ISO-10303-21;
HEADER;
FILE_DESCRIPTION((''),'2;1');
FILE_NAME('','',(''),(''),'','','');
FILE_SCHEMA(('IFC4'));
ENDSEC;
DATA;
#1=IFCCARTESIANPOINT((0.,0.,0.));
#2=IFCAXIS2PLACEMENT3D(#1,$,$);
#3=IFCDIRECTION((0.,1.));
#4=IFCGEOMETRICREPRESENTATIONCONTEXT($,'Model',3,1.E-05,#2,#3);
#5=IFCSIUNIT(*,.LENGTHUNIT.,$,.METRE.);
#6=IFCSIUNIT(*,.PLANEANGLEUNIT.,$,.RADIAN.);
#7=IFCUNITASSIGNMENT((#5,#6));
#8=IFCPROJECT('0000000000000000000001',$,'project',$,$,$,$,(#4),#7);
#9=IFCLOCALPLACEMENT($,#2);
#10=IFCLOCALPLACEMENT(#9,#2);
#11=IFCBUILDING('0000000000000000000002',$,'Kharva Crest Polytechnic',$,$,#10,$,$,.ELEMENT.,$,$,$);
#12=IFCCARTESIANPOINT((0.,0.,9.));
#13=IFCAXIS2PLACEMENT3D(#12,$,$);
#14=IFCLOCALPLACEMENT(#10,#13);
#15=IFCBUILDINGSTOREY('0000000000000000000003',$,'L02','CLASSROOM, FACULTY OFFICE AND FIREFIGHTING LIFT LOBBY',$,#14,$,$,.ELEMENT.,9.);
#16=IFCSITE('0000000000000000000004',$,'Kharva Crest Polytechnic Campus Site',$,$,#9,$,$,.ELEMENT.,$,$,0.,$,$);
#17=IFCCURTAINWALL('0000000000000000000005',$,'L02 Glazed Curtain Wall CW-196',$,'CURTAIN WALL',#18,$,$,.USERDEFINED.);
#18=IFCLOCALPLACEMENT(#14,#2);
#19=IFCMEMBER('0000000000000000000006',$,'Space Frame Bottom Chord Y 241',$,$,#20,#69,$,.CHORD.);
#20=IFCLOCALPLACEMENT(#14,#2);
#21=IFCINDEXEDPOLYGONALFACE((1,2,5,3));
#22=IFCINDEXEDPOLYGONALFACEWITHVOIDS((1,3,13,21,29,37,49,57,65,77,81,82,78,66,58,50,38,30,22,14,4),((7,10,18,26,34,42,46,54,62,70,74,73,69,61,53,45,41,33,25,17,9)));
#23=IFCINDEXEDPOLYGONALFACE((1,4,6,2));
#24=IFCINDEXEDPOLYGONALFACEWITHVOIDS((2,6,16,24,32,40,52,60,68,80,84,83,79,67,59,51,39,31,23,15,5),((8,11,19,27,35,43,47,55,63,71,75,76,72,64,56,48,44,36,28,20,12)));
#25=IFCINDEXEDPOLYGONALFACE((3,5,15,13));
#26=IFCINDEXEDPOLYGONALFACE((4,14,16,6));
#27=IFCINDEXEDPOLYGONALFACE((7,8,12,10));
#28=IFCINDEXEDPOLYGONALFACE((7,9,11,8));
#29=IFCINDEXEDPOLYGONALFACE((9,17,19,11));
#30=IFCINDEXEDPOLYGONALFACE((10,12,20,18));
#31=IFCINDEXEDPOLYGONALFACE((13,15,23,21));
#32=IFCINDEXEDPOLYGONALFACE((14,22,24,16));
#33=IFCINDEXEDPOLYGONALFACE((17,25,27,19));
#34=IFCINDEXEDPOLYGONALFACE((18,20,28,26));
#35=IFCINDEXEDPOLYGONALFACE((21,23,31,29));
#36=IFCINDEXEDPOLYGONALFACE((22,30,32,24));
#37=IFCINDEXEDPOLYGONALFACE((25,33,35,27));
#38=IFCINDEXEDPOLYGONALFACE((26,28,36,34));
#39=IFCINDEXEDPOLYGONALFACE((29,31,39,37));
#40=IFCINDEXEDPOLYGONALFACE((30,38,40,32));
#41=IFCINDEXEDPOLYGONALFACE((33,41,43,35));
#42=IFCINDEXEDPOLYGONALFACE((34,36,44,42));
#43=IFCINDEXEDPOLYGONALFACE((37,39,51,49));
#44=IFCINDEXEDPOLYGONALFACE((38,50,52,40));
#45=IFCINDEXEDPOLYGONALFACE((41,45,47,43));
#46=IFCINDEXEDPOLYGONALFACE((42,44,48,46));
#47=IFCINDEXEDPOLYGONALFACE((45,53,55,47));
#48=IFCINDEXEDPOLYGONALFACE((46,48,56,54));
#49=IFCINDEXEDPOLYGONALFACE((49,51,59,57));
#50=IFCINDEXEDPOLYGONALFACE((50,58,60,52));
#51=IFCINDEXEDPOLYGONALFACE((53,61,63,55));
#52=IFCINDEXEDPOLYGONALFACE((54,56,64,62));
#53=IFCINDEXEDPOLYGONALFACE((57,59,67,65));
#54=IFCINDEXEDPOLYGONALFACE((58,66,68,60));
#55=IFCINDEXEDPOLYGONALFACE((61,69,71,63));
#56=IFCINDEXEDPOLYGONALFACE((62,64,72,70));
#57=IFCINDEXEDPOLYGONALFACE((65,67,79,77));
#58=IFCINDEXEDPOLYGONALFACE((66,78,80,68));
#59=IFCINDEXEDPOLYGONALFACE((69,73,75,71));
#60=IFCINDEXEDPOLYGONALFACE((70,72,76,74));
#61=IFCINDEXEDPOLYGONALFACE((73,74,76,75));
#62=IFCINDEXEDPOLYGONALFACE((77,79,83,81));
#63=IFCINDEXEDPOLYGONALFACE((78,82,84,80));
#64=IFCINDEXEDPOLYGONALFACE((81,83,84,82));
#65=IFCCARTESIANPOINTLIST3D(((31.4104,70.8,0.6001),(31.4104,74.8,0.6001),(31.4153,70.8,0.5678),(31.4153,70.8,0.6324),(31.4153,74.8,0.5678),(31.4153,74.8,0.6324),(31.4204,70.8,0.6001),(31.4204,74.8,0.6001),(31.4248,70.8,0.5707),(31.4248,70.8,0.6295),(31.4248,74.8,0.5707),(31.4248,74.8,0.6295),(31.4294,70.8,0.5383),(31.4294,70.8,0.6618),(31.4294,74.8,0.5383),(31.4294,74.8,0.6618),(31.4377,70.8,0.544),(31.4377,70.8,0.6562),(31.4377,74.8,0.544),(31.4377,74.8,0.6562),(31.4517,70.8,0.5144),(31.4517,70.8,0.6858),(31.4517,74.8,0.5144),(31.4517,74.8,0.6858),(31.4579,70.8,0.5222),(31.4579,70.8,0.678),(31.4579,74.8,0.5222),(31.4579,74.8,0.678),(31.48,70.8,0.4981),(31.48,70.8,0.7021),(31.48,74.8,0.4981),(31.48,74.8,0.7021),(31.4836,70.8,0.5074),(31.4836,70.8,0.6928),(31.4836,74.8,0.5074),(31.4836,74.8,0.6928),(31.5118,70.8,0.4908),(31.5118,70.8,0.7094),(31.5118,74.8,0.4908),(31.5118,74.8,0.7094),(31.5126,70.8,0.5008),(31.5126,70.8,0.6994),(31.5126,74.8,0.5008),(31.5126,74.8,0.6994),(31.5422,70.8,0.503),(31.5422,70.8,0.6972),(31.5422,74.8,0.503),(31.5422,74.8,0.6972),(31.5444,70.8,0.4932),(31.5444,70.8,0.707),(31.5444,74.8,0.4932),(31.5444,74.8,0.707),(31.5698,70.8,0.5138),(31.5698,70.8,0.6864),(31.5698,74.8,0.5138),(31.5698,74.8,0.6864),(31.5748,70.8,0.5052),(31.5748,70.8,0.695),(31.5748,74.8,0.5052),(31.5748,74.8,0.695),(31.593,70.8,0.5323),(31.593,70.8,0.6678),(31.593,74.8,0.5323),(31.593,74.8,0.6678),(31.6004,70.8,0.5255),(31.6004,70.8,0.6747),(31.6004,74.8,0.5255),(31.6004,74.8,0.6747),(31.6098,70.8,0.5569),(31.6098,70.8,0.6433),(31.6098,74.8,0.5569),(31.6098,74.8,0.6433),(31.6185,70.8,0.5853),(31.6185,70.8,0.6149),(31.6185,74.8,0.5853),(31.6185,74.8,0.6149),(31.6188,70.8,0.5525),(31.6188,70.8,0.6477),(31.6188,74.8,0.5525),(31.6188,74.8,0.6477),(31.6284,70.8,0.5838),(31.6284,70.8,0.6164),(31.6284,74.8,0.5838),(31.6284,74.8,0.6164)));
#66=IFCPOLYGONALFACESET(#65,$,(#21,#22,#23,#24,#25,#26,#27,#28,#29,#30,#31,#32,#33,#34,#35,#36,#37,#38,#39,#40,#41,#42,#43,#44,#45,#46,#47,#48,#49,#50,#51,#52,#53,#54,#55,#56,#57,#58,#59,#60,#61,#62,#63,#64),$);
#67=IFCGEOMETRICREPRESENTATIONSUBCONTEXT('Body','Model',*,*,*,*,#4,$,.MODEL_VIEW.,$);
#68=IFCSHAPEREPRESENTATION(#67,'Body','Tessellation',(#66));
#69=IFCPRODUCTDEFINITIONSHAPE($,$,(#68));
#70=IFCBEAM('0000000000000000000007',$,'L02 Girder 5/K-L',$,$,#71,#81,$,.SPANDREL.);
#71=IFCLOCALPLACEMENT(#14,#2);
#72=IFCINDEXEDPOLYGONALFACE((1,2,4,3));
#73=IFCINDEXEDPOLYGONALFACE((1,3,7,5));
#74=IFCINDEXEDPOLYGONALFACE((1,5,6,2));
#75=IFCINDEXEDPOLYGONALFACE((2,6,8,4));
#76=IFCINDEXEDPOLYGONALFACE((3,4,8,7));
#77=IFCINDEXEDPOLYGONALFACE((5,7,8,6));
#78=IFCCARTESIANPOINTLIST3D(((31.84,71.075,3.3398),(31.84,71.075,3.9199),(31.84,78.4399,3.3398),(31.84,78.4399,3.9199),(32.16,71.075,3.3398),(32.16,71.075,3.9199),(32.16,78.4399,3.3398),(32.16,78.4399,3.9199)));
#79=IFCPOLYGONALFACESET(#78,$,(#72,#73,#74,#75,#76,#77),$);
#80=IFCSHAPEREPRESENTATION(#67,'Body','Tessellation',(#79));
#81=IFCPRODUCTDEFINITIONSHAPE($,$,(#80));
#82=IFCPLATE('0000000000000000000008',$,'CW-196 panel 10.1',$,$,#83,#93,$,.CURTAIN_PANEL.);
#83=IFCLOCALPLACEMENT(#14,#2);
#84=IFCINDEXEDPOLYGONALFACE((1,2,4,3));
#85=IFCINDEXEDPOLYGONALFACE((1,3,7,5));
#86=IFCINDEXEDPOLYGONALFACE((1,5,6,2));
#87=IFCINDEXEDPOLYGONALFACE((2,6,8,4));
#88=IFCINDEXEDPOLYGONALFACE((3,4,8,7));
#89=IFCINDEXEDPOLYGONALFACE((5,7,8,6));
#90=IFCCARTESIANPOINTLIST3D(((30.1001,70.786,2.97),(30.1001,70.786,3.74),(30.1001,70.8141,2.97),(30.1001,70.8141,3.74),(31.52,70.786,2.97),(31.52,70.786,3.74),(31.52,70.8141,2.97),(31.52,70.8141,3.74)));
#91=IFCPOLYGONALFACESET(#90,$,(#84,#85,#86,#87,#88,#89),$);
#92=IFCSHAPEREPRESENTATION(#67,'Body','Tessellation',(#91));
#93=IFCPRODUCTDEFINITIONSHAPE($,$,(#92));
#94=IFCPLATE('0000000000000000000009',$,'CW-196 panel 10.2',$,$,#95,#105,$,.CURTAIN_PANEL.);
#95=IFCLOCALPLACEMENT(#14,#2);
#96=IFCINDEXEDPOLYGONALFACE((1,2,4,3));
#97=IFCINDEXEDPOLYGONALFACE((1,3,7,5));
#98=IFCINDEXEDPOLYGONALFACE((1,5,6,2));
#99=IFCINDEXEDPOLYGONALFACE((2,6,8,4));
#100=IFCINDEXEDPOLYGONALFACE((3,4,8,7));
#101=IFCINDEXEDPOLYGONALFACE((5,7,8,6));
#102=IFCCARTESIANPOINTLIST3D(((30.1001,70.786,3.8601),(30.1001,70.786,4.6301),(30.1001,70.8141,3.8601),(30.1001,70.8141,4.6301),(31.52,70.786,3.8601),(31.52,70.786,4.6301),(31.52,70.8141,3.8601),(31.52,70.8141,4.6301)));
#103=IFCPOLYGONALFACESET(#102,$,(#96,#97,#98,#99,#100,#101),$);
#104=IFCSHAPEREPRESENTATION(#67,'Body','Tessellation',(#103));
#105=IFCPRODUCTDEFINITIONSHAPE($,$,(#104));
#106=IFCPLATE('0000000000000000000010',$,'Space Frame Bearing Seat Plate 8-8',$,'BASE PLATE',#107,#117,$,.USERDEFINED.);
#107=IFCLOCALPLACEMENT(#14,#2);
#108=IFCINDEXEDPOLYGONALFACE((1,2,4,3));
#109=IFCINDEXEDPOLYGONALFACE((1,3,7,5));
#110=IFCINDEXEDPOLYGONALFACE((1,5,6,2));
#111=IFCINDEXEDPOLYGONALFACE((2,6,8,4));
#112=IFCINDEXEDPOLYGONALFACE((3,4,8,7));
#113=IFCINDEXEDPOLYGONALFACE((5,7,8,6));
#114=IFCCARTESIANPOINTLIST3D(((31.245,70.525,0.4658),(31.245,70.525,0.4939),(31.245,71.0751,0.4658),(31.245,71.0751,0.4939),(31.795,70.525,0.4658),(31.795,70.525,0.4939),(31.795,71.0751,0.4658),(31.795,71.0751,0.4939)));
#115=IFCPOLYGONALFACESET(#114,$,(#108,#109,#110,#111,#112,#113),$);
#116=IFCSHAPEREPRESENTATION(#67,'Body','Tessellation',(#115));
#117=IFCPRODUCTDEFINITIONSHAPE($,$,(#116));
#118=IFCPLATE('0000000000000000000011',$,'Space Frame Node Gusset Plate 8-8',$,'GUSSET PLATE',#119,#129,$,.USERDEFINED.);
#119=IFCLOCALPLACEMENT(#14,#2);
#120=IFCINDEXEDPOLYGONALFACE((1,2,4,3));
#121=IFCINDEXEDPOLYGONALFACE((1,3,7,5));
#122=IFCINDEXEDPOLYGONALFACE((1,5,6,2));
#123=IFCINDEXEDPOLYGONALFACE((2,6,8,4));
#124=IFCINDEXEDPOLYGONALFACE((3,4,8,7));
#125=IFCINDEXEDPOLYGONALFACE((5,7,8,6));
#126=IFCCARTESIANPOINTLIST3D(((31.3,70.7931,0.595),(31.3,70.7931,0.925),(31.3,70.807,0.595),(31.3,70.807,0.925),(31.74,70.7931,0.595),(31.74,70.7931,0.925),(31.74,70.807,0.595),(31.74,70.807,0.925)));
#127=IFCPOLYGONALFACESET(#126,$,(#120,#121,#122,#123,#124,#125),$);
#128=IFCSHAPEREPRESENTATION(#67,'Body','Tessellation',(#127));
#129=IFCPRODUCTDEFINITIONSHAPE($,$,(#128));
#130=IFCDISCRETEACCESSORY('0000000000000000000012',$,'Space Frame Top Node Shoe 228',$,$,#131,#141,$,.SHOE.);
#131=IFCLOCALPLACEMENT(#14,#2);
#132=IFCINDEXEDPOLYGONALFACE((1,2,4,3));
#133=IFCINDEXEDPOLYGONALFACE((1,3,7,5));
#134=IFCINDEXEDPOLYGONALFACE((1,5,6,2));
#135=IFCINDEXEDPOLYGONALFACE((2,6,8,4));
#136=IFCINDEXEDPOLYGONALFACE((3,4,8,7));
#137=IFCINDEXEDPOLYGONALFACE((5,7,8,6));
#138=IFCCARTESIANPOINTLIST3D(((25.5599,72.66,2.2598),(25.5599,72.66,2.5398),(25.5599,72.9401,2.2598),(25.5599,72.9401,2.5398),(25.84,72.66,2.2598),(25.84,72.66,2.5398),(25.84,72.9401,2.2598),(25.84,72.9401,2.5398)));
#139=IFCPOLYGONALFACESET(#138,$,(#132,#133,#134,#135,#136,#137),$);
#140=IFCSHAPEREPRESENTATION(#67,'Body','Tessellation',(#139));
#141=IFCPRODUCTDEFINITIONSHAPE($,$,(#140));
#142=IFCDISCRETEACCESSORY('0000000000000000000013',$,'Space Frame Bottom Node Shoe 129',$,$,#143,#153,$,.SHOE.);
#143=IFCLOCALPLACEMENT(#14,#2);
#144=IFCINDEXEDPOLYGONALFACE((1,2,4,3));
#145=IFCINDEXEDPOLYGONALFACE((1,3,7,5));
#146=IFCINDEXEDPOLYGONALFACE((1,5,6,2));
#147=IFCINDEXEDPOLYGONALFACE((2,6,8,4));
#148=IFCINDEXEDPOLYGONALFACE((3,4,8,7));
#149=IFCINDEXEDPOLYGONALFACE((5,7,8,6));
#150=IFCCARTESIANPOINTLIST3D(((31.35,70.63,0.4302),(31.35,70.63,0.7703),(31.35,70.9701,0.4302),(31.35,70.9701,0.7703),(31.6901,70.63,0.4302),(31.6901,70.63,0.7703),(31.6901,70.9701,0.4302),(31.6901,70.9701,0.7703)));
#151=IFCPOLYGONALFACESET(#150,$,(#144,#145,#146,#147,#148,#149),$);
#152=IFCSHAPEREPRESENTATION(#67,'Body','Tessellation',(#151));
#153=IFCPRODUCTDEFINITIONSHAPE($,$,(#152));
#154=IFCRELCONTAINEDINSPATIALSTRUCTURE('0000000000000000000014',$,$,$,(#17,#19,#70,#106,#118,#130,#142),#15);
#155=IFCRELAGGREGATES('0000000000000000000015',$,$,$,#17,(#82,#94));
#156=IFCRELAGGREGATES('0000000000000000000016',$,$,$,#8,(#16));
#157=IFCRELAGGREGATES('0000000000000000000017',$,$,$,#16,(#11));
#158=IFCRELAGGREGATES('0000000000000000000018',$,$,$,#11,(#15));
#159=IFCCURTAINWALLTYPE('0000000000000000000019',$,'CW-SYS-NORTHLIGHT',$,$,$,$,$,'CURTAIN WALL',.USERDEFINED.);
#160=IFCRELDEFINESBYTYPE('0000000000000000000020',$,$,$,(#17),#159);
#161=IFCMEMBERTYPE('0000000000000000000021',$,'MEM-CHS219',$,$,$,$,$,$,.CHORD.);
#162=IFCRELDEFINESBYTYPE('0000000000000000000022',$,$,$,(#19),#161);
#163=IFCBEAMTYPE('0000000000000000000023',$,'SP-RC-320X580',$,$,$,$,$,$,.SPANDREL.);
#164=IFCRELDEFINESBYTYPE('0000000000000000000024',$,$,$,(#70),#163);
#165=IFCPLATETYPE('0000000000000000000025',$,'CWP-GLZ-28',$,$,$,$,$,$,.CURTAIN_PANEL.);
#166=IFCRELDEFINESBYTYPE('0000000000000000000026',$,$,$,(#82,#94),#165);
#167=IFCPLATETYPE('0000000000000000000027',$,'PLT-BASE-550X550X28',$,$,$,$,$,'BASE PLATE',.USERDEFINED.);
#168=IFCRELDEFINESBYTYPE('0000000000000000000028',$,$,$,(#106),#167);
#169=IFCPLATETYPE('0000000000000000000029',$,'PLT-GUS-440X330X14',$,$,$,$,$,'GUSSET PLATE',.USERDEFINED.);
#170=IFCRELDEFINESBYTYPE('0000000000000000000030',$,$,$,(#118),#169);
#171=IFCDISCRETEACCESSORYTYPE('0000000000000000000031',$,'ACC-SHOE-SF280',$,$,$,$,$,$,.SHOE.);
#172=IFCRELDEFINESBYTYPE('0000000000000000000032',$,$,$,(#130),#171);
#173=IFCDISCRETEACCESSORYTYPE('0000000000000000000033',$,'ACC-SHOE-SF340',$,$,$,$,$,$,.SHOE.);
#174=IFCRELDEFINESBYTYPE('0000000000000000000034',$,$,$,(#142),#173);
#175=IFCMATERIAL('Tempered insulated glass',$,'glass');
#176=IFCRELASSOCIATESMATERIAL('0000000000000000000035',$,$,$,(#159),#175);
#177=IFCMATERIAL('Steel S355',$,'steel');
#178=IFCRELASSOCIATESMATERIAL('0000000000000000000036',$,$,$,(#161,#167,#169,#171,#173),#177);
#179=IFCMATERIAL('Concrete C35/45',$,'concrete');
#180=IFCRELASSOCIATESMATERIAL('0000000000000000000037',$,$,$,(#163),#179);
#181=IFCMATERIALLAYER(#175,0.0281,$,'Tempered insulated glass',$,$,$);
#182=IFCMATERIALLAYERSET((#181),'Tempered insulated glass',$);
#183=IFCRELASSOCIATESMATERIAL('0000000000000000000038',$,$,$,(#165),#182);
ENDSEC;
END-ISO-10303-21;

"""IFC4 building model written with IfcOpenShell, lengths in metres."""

from ifc_helpers import new_model, si_unit, direction, frame, origin, origin_2d, place, context, subcontext, project, spatial, rectangle, hollow_circle, extrude, material, layer, layer_set, material_profile, profile_set, type_object, element, aggregate, save


model = new_model("IFC4")

# Units and contexts
model_context = context("Model", 3, precision=1e-05, world=origin(), true_north=direction((0.0, 1.0)))
body_context = subcontext(model_context, "Body", "Model", "MODEL_VIEW")
ifc_project = project(units=[si_unit("LENGTHUNIT", "METRE"), si_unit("PLANEANGLEUNIT", "RADIAN")], contexts=[model_context])

# Site, building, storey
site_placement = place(None, origin())
site = spatial("IfcSite", under=ifc_project, at=site_placement, Name="Kharva Crest Polytechnic Campus Site", CompositionType="ELEMENT", RefElevation=0.0)
building_placement = place(site_placement, origin())
building = spatial("IfcBuilding", under=site, at=building_placement, Name="Kharva Crest Polytechnic", CompositionType="ELEMENT")
storey_placement = place(building_placement, frame((0.0, 0.0, 9.0)))
storey = spatial("IfcBuildingStorey", under=building, at=storey_placement, Name="L02", Description="CLASSROOM, FACULTY OFFICE AND FIREFIGHTING LIFT LOBBY", CompositionType="ELEMENT", Elevation=9.0)

# Shared definitions
ifc_material_1 = material(Name="Concrete C35/45", Category="concrete")

# Curtain wall
ifc_material_2 = material(Name="Tempered insulated glass", Category="glass")
curtain_wall_type = type_object("IfcCurtainWallType", Name="CW-SYS-NORTHLIGHT", ElementType="CURTAIN WALL", PredefinedType="USERDEFINED", material=ifc_material_2)
curtain_wall_placement = place(storey_placement, origin())
curtain_wall = element("IfcCurtainWall", 1, at=curtain_wall_placement, inside=storey, type_object=curtain_wall_type, Name="L02 Glazed Curtain Wall CW-196", ObjectType="CURTAIN WALL", PredefinedType="USERDEFINED")
ifc_material_3 = material(Name="Steel S355", Category="steel")

# Member
ifc_material_profile_1 = material_profile(ifc_material_3, hollow_circle(Radius=0.1096, WallThickness=0.01, at=origin_2d()), Name="CHS 219.1X10.0")
ifc_profile_set_1 = profile_set([ifc_material_profile_1], Name="Steel S355")
member_type_1 = type_object("IfcMemberType", Name="MEM-CHS219", PredefinedType="CHORD", material=ifc_profile_set_1)
member_1_placement = place(storey_placement, frame((31.52, 70.8, 0.6001), z_axis=(0.0, 1.0, 0.0), x_axis=(-1.0, 0.0, 0.0)))
element("IfcMember", 2, at=member_1_placement, inside=storey, type_object=member_type_1, Name="Space Frame Bottom Chord Y 241", PredefinedType="CHORD", context=body_context, shape_type="SweptSolid", body=[
    extrude(hollow_circle(Radius=0.1096, WallThickness=0.01, at=origin_2d()), origin(), (0.0, 0.0, 1.0), 4.0),
])

# Beam
ifc_material_profile_2 = material_profile(ifc_material_1, rectangle(XDim=0.3201, YDim=0.5801, at=origin_2d()), Name="RECT 320 X 580")
ifc_profile_set_2 = profile_set([ifc_material_profile_2], Name="Concrete C35/45")
beam_type_1 = type_object("IfcBeamType", Name="SP-RC-320X580", PredefinedType="SPANDREL", material=ifc_profile_set_2)
beam_1_placement = place(storey_placement, frame((32.0, 71.075, 3.6299), z_axis=(0.0, 1.0, 0.0), x_axis=(-1.0, 0.0, 0.0)))
element("IfcBeam", 3, at=beam_1_placement, inside=storey, type_object=beam_type_1, Name="L02 Girder 5/K-L", PredefinedType="SPANDREL", context=body_context, shape_type="SweptSolid", body=[
    extrude(rectangle(XDim=0.3201, YDim=0.5801, at=origin_2d()), origin(), (0.0, 0.0, 1.0), 7.365),
])

# Plates
ifc_layer = layer(ifc_material_2, 0.0281, Name="Tempered insulated glass")
ifc_layer_set = layer_set([ifc_layer], Name="Tempered insulated glass")
plate_type_1 = type_object("IfcPlateType", Name="CWP-GLZ-28", PredefinedType="CURTAIN_PANEL", material=ifc_layer_set)
plate_1_placement = place(storey_placement, frame((30.8101, 70.8, 2.97), z_axis=(0.0, 0.0, 1.0), x_axis=(1.0, 0.0, 0.0)))
plate_1 = element("IfcPlate", 4, at=plate_1_placement, type_object=plate_type_1, Name="CW-196 panel 10.1", PredefinedType="CURTAIN_PANEL", context=body_context, shape_type="SweptSolid", body=[
    extrude(rectangle(XDim=1.4199, YDim=0.0281, at=origin_2d()), origin(), (0.0, 0.0, 1.0), 0.77),
])
plate_2_placement = place(storey_placement, frame((30.8101, 70.8, 3.8601), z_axis=(0.0, 0.0, 1.0), x_axis=(1.0, 0.0, 0.0)))
plate_2 = element("IfcPlate", 5, at=plate_2_placement, type_object=plate_type_1, Name="CW-196 panel 10.2", PredefinedType="CURTAIN_PANEL", context=body_context, shape_type="SweptSolid", body=[
    extrude(rectangle(XDim=1.4199, YDim=0.0281, at=origin_2d()), origin(), (0.0, 0.0, 1.0), 0.77),
])
aggregate(curtain_wall, [plate_1, plate_2])

# Plates
plate_type_2 = type_object("IfcPlateType", Name="PLT-BASE-550X550X28", ElementType="BASE PLATE", PredefinedType="USERDEFINED", material=ifc_material_3)
plate_3_placement = place(storey_placement, frame((31.52, 70.8, 0.4658), z_axis=(0.0, 0.0, 1.0), x_axis=(1.0, 0.0, 0.0)))
element("IfcPlate", 6, at=plate_3_placement, inside=storey, type_object=plate_type_2, Name="Space Frame Bearing Seat Plate 8-8", ObjectType="BASE PLATE", PredefinedType="USERDEFINED", context=body_context, shape_type="SweptSolid", body=[
    extrude(rectangle(XDim=0.55, YDim=0.55, at=origin_2d()), origin(), (0.0, 0.0, 1.0), 0.0281),
])
plate_type_3 = type_object("IfcPlateType", Name="PLT-GUS-440X330X14", ElementType="GUSSET PLATE", PredefinedType="USERDEFINED", material=ifc_material_3)
plate_4_placement = place(storey_placement, frame((31.52, 70.8, 0.595), z_axis=(0.0, 0.0, 1.0), x_axis=(1.0, 0.0, 0.0)))
element("IfcPlate", 7, at=plate_4_placement, inside=storey, type_object=plate_type_3, Name="Space Frame Node Gusset Plate 8-8", ObjectType="GUSSET PLATE", PredefinedType="USERDEFINED", context=body_context, shape_type="SweptSolid", body=[
    extrude(rectangle(XDim=0.4399, YDim=0.0139, at=origin_2d()), origin(), (0.0, 0.0, 1.0), 0.3301),
])

# Discrete accessories
discrete_accessory_type_1 = type_object("IfcDiscreteAccessoryType", Name="ACC-SHOE-SF280", PredefinedType="SHOE", material=ifc_material_3)
discrete_accessory_1_placement = place(storey_placement, frame((25.7, 72.8, 2.2598), z_axis=(0.0, 0.0, 1.0), x_axis=(1.0, 0.0, 0.0)))
element("IfcDiscreteAccessory", 8, at=discrete_accessory_1_placement, inside=storey, type_object=discrete_accessory_type_1, Name="Space Frame Top Node Shoe 228", PredefinedType="SHOE", context=body_context, shape_type="SweptSolid", body=[
    extrude(rectangle(XDim=0.28, YDim=0.28, at=origin_2d()), origin(), (0.0, 0.0, 1.0), 0.28),
])
discrete_accessory_type_2 = type_object("IfcDiscreteAccessoryType", Name="ACC-SHOE-SF340", PredefinedType="SHOE", material=ifc_material_3)
discrete_accessory_2_placement = place(storey_placement, frame((31.52, 70.8, 0.4302), z_axis=(0.0, 0.0, 1.0), x_axis=(1.0, 0.0, 0.0)))
element("IfcDiscreteAccessory", 9, at=discrete_accessory_2_placement, inside=storey, type_object=discrete_accessory_type_2, Name="Space Frame Bottom Node Shoe 129", PredefinedType="SHOE", context=body_context, shape_type="SweptSolid", body=[
    extrude(rectangle(XDim=0.3401, YDim=0.3401, at=origin_2d()), origin(), (0.0, 0.0, 1.0), 0.3401),
])

save(model, "model.ifc")
